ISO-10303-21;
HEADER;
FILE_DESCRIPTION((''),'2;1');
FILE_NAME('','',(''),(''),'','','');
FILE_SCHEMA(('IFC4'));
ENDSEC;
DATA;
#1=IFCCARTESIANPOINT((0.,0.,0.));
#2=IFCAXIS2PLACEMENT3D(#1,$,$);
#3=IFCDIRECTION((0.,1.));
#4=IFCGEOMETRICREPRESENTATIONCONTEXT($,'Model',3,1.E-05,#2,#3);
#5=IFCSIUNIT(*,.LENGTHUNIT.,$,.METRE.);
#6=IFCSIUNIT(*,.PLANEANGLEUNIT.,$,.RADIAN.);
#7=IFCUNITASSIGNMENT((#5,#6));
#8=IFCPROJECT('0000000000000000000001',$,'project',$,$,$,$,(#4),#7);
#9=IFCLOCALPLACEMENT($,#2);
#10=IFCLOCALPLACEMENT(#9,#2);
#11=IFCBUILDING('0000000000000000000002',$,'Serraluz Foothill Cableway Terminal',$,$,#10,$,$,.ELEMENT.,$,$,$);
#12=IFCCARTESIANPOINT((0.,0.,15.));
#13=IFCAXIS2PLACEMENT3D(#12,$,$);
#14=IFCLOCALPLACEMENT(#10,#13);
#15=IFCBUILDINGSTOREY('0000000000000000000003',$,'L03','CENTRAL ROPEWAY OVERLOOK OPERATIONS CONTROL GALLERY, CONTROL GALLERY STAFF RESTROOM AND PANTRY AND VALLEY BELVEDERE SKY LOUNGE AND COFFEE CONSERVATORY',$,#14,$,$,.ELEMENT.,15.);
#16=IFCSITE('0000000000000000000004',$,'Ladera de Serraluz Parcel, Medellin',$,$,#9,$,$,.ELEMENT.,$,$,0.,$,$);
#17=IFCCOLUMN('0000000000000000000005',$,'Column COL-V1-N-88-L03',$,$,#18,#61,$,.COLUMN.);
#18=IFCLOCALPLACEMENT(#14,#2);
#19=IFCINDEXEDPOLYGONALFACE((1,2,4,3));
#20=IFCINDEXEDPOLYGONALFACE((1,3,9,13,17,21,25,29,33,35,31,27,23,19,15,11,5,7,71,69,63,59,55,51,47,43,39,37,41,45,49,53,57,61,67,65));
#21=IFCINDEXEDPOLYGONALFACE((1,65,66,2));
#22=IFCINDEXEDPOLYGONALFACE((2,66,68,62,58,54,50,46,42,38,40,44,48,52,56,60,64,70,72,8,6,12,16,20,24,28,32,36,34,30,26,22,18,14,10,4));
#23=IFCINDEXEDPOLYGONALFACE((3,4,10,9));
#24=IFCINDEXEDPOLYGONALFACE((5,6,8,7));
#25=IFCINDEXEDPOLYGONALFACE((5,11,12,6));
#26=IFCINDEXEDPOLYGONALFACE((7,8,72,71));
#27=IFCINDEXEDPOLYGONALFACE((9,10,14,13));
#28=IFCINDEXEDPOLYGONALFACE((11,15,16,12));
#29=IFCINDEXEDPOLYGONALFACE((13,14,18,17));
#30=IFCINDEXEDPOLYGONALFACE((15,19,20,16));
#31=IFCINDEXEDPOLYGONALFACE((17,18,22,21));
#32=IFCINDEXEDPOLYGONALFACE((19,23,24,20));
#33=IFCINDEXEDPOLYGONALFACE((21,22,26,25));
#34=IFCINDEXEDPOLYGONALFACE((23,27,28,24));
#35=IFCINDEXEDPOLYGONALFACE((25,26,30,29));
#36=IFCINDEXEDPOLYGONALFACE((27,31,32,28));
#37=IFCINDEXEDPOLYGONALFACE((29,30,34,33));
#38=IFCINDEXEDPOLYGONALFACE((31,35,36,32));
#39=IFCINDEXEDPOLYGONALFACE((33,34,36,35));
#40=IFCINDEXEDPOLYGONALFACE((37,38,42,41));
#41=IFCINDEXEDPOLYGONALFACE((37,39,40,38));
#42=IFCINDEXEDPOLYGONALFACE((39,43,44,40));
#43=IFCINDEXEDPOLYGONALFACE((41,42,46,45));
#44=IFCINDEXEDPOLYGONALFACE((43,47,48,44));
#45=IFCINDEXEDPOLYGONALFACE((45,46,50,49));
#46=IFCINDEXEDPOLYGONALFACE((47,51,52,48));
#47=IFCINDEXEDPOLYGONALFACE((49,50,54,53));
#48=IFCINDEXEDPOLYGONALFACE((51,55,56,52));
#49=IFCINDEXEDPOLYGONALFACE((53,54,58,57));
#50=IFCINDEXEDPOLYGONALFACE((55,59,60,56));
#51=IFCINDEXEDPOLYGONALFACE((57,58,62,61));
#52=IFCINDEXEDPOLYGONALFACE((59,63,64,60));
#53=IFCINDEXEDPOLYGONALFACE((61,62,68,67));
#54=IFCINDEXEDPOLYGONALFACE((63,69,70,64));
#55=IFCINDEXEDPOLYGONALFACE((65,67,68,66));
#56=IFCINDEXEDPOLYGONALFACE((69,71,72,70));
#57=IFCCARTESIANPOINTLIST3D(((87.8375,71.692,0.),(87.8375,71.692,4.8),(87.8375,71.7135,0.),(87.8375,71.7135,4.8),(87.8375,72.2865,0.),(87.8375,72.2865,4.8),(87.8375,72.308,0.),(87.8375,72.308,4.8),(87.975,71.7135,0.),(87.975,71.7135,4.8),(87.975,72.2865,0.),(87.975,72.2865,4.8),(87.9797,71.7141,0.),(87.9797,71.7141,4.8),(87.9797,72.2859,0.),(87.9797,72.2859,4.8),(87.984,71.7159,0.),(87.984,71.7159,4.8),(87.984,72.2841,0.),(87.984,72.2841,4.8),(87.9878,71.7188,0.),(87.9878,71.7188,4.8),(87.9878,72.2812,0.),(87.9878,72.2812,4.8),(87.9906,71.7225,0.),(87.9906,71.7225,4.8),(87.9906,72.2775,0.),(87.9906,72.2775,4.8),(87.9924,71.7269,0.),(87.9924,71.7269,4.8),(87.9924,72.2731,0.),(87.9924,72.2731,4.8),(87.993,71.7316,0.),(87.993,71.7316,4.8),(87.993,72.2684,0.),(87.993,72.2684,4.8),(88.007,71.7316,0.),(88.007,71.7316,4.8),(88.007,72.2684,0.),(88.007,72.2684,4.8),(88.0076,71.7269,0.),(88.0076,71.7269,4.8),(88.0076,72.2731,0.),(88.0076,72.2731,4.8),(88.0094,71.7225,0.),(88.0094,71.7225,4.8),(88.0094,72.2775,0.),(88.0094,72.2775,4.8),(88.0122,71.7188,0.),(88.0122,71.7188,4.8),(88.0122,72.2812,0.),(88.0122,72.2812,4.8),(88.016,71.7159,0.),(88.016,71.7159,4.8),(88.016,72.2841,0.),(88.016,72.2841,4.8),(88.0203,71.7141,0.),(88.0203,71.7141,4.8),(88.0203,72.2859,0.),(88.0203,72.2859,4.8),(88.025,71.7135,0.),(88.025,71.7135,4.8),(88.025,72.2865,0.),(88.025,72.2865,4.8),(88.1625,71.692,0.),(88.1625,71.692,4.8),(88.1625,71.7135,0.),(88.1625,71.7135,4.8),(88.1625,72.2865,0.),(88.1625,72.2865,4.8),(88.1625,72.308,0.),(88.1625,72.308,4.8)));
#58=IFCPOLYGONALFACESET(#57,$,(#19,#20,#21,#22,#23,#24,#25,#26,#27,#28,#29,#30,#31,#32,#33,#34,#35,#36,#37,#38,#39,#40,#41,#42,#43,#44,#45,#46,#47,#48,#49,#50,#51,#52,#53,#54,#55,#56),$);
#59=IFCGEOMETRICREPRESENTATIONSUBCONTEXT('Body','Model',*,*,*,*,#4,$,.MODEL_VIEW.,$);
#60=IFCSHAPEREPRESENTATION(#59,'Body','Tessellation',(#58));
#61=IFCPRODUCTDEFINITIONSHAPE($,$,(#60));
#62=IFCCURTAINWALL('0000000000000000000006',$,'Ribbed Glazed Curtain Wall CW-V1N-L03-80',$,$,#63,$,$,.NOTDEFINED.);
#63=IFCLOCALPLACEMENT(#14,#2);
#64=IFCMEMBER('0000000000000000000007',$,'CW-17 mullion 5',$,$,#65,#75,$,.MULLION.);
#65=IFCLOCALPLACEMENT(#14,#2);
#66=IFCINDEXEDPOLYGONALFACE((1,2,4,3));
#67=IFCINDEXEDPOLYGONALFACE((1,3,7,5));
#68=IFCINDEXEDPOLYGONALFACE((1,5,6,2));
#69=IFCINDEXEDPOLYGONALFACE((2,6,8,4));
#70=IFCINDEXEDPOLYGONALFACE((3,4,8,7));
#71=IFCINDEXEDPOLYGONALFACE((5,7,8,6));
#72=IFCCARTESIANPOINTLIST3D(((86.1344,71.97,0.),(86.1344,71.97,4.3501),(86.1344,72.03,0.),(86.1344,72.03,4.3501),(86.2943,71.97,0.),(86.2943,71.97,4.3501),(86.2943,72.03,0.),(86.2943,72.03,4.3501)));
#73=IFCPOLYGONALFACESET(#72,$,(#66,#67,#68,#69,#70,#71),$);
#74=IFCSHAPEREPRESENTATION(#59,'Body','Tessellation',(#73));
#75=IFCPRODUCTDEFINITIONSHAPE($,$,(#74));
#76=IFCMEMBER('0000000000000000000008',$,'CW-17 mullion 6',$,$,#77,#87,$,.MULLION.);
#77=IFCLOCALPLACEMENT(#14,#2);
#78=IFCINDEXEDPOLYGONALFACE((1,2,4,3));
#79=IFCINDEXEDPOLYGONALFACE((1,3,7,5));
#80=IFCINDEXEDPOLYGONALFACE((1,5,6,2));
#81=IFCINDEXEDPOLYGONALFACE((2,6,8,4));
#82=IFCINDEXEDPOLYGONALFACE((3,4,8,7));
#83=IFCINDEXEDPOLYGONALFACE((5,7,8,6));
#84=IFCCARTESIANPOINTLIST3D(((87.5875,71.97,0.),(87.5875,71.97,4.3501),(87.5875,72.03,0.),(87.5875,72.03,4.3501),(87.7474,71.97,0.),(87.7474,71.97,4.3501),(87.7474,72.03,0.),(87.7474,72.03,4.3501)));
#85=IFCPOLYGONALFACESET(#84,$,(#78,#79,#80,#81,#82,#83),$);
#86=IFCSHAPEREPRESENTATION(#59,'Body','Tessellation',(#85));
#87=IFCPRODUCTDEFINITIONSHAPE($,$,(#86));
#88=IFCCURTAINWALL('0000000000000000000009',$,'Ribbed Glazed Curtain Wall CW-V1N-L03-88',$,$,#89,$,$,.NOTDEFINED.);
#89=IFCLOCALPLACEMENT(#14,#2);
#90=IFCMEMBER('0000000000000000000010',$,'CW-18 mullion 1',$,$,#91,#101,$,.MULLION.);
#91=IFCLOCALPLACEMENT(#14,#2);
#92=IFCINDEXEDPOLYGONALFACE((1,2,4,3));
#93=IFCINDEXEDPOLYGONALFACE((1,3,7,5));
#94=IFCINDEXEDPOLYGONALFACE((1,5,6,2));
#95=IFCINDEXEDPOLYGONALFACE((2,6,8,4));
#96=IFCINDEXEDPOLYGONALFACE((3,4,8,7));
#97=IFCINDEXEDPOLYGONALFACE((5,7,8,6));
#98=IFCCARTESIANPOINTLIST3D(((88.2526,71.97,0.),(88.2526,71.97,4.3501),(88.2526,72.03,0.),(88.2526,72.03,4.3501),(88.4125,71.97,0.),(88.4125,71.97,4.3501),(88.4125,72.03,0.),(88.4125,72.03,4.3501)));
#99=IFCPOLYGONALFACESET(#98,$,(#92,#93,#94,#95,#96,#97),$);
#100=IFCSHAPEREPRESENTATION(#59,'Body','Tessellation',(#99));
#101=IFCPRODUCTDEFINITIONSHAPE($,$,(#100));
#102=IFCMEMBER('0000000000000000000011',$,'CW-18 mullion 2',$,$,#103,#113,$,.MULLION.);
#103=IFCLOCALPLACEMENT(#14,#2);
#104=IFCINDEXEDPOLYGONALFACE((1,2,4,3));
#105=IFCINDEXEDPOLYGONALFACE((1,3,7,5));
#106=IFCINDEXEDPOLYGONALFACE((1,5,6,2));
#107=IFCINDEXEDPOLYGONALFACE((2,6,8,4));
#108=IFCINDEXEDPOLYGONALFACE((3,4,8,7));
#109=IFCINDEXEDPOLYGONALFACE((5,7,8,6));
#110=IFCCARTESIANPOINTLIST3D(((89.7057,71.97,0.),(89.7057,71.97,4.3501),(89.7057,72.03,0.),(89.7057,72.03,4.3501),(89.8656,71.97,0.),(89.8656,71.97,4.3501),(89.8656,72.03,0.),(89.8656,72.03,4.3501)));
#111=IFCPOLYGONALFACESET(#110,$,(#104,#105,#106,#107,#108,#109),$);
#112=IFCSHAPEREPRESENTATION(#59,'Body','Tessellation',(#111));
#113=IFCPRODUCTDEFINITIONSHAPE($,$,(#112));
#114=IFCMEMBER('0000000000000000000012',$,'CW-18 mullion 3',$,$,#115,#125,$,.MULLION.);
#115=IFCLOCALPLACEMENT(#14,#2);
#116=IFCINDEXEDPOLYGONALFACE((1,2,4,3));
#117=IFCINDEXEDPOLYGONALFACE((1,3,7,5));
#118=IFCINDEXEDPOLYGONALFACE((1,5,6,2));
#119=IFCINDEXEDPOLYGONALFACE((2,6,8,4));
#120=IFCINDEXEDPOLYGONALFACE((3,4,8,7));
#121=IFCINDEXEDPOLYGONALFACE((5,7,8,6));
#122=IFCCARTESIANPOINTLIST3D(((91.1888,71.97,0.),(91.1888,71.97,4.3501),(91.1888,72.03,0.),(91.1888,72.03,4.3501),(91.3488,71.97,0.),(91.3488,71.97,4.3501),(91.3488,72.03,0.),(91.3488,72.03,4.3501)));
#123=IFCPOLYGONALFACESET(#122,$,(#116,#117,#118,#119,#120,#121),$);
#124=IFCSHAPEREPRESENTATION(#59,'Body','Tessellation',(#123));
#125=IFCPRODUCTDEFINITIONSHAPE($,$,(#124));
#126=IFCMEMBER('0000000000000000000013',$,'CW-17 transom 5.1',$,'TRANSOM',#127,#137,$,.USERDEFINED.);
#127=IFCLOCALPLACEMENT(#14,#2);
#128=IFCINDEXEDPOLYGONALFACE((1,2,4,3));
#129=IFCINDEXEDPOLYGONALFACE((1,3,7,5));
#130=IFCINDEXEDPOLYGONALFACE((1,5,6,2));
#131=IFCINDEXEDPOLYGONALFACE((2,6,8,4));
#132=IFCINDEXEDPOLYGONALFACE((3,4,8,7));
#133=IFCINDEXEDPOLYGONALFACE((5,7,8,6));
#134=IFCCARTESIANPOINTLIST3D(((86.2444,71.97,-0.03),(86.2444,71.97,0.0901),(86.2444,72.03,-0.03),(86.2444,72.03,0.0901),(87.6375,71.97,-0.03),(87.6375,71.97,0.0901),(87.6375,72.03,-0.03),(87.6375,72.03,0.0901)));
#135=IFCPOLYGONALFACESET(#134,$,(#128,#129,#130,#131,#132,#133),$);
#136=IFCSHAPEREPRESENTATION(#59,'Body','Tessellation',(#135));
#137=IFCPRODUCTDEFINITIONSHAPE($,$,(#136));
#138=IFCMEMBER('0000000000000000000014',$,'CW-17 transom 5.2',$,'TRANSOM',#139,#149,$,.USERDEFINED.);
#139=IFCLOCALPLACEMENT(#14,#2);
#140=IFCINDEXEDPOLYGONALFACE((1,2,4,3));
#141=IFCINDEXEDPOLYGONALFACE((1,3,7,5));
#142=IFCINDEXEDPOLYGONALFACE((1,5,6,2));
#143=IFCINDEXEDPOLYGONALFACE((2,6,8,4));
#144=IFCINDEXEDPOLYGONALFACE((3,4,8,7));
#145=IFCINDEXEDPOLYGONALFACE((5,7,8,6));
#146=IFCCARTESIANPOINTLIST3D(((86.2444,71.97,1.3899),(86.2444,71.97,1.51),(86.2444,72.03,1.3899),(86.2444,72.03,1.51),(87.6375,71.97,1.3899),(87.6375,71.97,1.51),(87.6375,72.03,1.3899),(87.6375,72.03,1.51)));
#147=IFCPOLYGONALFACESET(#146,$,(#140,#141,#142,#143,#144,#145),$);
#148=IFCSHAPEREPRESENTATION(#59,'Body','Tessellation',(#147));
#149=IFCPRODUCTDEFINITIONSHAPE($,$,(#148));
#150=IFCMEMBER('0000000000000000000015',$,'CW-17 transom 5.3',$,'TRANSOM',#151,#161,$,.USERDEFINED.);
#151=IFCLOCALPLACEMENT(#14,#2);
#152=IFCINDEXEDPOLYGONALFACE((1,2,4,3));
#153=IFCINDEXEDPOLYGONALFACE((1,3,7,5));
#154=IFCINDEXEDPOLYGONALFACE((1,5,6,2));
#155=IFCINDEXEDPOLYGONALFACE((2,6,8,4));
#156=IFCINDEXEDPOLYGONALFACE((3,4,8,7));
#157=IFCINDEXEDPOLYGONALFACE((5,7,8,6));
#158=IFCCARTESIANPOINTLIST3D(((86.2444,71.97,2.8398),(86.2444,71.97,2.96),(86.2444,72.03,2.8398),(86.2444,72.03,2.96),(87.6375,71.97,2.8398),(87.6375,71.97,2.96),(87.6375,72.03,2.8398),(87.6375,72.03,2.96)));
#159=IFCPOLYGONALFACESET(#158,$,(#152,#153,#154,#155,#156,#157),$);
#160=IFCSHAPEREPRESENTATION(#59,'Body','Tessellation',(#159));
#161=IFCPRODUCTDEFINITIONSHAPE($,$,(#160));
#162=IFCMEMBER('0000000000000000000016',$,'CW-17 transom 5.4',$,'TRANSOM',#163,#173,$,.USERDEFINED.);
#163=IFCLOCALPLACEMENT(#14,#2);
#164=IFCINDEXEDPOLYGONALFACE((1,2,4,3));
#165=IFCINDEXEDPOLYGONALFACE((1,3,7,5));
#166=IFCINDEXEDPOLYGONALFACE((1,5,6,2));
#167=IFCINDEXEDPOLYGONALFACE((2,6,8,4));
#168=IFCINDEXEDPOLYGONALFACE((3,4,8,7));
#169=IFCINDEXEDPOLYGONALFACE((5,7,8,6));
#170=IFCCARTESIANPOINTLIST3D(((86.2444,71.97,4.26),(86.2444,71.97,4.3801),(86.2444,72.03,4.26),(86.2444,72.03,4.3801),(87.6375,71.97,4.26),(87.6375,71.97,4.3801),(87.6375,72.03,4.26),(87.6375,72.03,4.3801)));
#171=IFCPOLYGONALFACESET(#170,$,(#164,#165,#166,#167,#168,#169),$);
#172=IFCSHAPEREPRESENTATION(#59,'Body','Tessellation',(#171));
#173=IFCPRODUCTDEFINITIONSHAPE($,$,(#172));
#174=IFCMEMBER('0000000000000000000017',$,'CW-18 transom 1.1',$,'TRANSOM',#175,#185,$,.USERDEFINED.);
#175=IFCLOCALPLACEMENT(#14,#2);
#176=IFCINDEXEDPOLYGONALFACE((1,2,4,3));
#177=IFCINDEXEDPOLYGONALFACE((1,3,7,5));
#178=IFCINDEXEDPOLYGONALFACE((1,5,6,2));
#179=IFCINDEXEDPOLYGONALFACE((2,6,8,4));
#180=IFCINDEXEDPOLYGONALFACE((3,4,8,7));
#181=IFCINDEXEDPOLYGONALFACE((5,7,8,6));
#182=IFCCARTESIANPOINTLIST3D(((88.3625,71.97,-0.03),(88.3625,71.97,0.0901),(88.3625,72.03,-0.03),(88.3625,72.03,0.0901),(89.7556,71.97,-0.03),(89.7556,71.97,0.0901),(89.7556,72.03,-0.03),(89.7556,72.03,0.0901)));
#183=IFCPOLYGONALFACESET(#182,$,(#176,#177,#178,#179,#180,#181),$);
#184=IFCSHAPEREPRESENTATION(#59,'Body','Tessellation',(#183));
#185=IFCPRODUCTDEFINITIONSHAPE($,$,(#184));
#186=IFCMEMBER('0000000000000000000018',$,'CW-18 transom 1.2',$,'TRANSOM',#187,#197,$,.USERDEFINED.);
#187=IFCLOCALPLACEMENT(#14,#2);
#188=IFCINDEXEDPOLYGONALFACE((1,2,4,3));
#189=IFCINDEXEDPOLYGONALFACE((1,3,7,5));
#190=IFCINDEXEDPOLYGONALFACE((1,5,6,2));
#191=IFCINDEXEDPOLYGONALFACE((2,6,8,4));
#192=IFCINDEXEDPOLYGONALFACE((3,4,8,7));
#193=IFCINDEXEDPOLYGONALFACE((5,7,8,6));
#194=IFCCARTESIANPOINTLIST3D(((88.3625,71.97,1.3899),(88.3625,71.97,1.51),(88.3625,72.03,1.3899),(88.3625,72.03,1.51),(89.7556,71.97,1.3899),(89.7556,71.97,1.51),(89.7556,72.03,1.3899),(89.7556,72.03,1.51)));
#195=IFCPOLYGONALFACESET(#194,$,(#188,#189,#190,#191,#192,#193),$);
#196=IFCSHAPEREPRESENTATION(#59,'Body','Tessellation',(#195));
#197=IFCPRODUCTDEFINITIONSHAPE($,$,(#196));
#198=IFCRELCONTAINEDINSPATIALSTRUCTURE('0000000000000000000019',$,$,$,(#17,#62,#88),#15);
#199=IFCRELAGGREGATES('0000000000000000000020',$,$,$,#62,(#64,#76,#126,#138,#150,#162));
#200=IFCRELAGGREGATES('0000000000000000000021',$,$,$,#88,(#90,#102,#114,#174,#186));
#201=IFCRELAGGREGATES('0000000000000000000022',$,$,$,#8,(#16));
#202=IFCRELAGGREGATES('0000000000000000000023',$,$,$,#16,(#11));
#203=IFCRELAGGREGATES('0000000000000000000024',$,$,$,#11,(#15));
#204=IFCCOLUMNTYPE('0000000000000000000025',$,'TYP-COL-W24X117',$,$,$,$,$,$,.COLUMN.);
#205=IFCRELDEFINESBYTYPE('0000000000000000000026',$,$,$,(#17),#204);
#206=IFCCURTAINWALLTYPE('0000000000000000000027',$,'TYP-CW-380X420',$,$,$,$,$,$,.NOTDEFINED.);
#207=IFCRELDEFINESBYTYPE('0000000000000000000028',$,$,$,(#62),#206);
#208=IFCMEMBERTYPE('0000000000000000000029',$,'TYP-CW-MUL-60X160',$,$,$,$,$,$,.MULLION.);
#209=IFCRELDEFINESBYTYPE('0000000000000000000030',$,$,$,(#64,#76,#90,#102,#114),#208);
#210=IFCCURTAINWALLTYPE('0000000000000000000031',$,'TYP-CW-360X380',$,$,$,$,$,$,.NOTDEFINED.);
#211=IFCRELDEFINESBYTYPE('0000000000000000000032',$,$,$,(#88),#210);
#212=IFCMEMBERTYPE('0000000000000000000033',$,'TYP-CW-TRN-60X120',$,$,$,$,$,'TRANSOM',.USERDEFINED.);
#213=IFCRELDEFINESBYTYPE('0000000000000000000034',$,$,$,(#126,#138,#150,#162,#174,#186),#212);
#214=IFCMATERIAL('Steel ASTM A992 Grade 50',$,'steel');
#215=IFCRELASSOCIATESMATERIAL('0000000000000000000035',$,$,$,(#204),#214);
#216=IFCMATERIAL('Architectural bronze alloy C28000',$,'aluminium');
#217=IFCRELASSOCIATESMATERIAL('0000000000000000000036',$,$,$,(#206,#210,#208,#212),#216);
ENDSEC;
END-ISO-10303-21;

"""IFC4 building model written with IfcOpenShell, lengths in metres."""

from ifc_helpers import new_model, si_unit, direction, frame, origin, origin_2d, place, context, subcontext, project, spatial, rectangle, i_section, extrude, material, material_profile, profile_set, type_object, element, aggregate, save


model = new_model("IFC4")

# Units and contexts
model_context = context("Model", 3, precision=1e-05, world=origin(), true_north=direction((0.0, 1.0)))
body_context = subcontext(model_context, "Body", "Model", "MODEL_VIEW")
ifc_project = project(units=[si_unit("LENGTHUNIT", "METRE"), si_unit("PLANEANGLEUNIT", "RADIAN")], contexts=[model_context])

# Site, building, storey
site_placement = place(None, origin())
site = spatial("IfcSite", under=ifc_project, at=site_placement, Name="Ladera de Serraluz Parcel, Medellin", CompositionType="ELEMENT", RefElevation=0.0)
building_placement = place(site_placement, origin())
building = spatial("IfcBuilding", under=site, at=building_placement, Name="Serraluz Foothill Cableway Terminal", CompositionType="ELEMENT")
storey_placement = place(building_placement, frame((0.0, 0.0, 15.0)))
storey = spatial("IfcBuildingStorey", under=building, at=storey_placement, Name="L03", Description="CENTRAL ROPEWAY OVERLOOK OPERATIONS CONTROL GALLERY, CONTROL GALLERY STAFF RESTROOM AND PANTRY AND VALLEY BELVEDERE SKY LOUNGE AND COFFEE CONSERVATORY", CompositionType="ELEMENT", Elevation=15.0)

# Column
ifc_material_1 = material(Name="Steel ASTM A992 Grade 50", Category="steel")
ifc_material_profile_1 = material_profile(ifc_material_1, i_section(OverallWidth=0.325, OverallDepth=0.616, WebThickness=0.0139, FlangeThickness=0.0215, FilletRadius=0.0181, at=origin_2d()), Name="W24X117")
ifc_profile_set_1 = profile_set([ifc_material_profile_1], Name="Steel ASTM A992 Grade 50")
column_type = type_object("IfcColumnType", Name="TYP-COL-W24X117", PredefinedType="COLUMN", material=ifc_profile_set_1)
column_placement = place(storey_placement, frame((88.0, 72.0, 0.0), z_axis=(0.0, 0.0, 1.0), x_axis=(1.0, 0.0, 0.0)))
element("IfcColumn", 1, at=column_placement, inside=storey, type_object=column_type, Name="Column COL-V1-N-88-L03", PredefinedType="COLUMN", context=body_context, shape_type="SweptSolid", body=[
    extrude(i_section(OverallWidth=0.325, OverallDepth=0.616, WebThickness=0.0139, FlangeThickness=0.0215, FilletRadius=0.0181, at=origin_2d()), origin(), (0.0, 0.0, 1.0), 4.8),
])

# Curtain walls, members
ifc_material_2 = material(Name="Architectural bronze alloy C28000", Category="aluminium")
curtain_wall_type_1 = type_object("IfcCurtainWallType", Name="TYP-CW-380X420", PredefinedType="NOTDEFINED", material=ifc_material_2)
curtain_wall_1_placement = place(storey_placement, origin())
curtain_wall_1 = element("IfcCurtainWall", 2, at=curtain_wall_1_placement, inside=storey, type_object=curtain_wall_type_1, Name="Ribbed Glazed Curtain Wall CW-V1N-L03-80", PredefinedType="NOTDEFINED")
ifc_material_profile_2 = material_profile(ifc_material_2, rectangle(XDim=0.0601, YDim=0.1599, at=origin_2d()), Name="ALU MULLION 60x160")
ifc_profile_set_2 = profile_set([ifc_material_profile_2], Name="Architectural bronze alloy C28000")
member_type_1 = type_object("IfcMemberType", Name="TYP-CW-MUL-60X160", PredefinedType="MULLION", material=ifc_profile_set_2)
member_1_placement = place(storey_placement, frame((86.2144, 72.0, 0.0), z_axis=(0.0, 0.0, 1.0), x_axis=(0.0, 1.0, 0.0)))
member_1 = element("IfcMember", 3, at=member_1_placement, type_object=member_type_1, Name="CW-17 mullion 5", PredefinedType="MULLION", context=body_context, shape_type="SweptSolid", body=[
    extrude(rectangle(XDim=0.0601, YDim=0.1599, at=origin_2d()), origin(), (0.0, 0.0, 1.0), 4.3501),
])
member_2_placement = place(storey_placement, frame((87.6675, 72.0, 0.0), z_axis=(0.0, 0.0, 1.0), x_axis=(0.0, 1.0, 0.0)))
member_2 = element("IfcMember", 4, at=member_2_placement, type_object=member_type_1, Name="CW-17 mullion 6", PredefinedType="MULLION", context=body_context, shape_type="SweptSolid", body=[
    extrude(rectangle(XDim=0.0601, YDim=0.1599, at=origin_2d()), origin(), (0.0, 0.0, 1.0), 4.3501),
])
curtain_wall_type_2 = type_object("IfcCurtainWallType", Name="TYP-CW-360X380", PredefinedType="NOTDEFINED", material=ifc_material_2)
curtain_wall_2_placement = place(storey_placement, origin())
curtain_wall_2 = element("IfcCurtainWall", 5, at=curtain_wall_2_placement, inside=storey, type_object=curtain_wall_type_2, Name="Ribbed Glazed Curtain Wall CW-V1N-L03-88", PredefinedType="NOTDEFINED")
member_3_placement = place(storey_placement, frame((88.3325, 72.0, 0.0), z_axis=(0.0, 0.0, 1.0), x_axis=(0.0, 1.0, 0.0)))
member_3 = element("IfcMember", 6, at=member_3_placement, type_object=member_type_1, Name="CW-18 mullion 1", PredefinedType="MULLION", context=body_context, shape_type="SweptSolid", body=[
    extrude(rectangle(XDim=0.0601, YDim=0.1599, at=origin_2d()), origin(), (0.0, 0.0, 1.0), 4.3501),
])
member_4_placement = place(storey_placement, frame((89.7856, 72.0, 0.0), z_axis=(0.0, 0.0, 1.0), x_axis=(0.0, 1.0, 0.0)))
member_4 = element("IfcMember", 7, at=member_4_placement, type_object=member_type_1, Name="CW-18 mullion 2", PredefinedType="MULLION", context=body_context, shape_type="SweptSolid", body=[
    extrude(rectangle(XDim=0.0601, YDim=0.1599, at=origin_2d()), origin(), (0.0, 0.0, 1.0), 4.3501),
])
member_5_placement = place(storey_placement, frame((91.2688, 72.0, 0.0), z_axis=(0.0, 0.0, 1.0), x_axis=(0.0, 1.0, 0.0)))
member_5 = element("IfcMember", 8, at=member_5_placement, type_object=member_type_1, Name="CW-18 mullion 3", PredefinedType="MULLION", context=body_context, shape_type="SweptSolid", body=[
    extrude(rectangle(XDim=0.0601, YDim=0.1599, at=origin_2d()), origin(), (0.0, 0.0, 1.0), 4.3501),
])

# Members
ifc_material_profile_3 = material_profile(ifc_material_2, rectangle(XDim=0.0601, YDim=0.1201, at=origin_2d()), Name="ALU TRANSOM 60x120")
ifc_profile_set_3 = profile_set([ifc_material_profile_3], Name="Architectural bronze alloy C28000")
member_type_2 = type_object("IfcMemberType", Name="TYP-CW-TRN-60X120", ElementType="TRANSOM", PredefinedType="USERDEFINED", material=ifc_profile_set_3)
member_6_placement = place(storey_placement, frame((86.2444, 72.0, 0.03), z_axis=(1.0, 0.0, 0.0), x_axis=(0.0, 1.0, 0.0)))
member_6 = element("IfcMember", 9, at=member_6_placement, type_object=member_type_2, Name="CW-17 transom 5.1", ObjectType="TRANSOM", PredefinedType="USERDEFINED", context=body_context, shape_type="SweptSolid", body=[
    extrude(rectangle(XDim=0.0601, YDim=0.1201, at=origin_2d()), origin(), (0.0, 0.0, 1.0), 1.3931),
])
member_7_placement = place(storey_placement, frame((86.2444, 72.0, 1.45), z_axis=(1.0, 0.0, 0.0), x_axis=(0.0, 1.0, 0.0)))
member_7 = element("IfcMember", 10, at=member_7_placement, type_object=member_type_2, Name="CW-17 transom 5.2", ObjectType="TRANSOM", PredefinedType="USERDEFINED", context=body_context, shape_type="SweptSolid", body=[
    extrude(rectangle(XDim=0.0601, YDim=0.1201, at=origin_2d()), origin(), (0.0, 0.0, 1.0), 1.3931),
])
member_8_placement = place(storey_placement, frame((86.2444, 72.0, 2.8999), z_axis=(1.0, 0.0, 0.0), x_axis=(0.0, 1.0, 0.0)))
member_8 = element("IfcMember", 11, at=member_8_placement, type_object=member_type_2, Name="CW-17 transom 5.3", ObjectType="TRANSOM", PredefinedType="USERDEFINED", context=body_context, shape_type="SweptSolid", body=[
    extrude(rectangle(XDim=0.0601, YDim=0.1201, at=origin_2d()), origin(), (0.0, 0.0, 1.0), 1.3931),
])
member_9_placement = place(storey_placement, frame((86.2444, 72.0, 4.3201), z_axis=(1.0, 0.0, 0.0), x_axis=(0.0, 1.0, 0.0)))
member_9 = element("IfcMember", 12, at=member_9_placement, type_object=member_type_2, Name="CW-17 transom 5.4", ObjectType="TRANSOM", PredefinedType="USERDEFINED", context=body_context, shape_type="SweptSolid", body=[
    extrude(rectangle(XDim=0.0601, YDim=0.1201, at=origin_2d()), origin(), (0.0, 0.0, 1.0), 1.3931),
])
member_10_placement = place(storey_placement, frame((88.3625, 72.0, 0.03), z_axis=(1.0, 0.0, 0.0), x_axis=(0.0, 1.0, 0.0)))
member_10 = element("IfcMember", 13, at=member_10_placement, type_object=member_type_2, Name="CW-18 transom 1.1", ObjectType="TRANSOM", PredefinedType="USERDEFINED", context=body_context, shape_type="SweptSolid", body=[
    extrude(rectangle(XDim=0.0601, YDim=0.1201, at=origin_2d()), origin(), (0.0, 0.0, 1.0), 1.3931),
])
member_11_placement = place(storey_placement, frame((88.3625, 72.0, 1.45), z_axis=(1.0, 0.0, 0.0), x_axis=(0.0, 1.0, 0.0)))
member_11 = element("IfcMember", 14, at=member_11_placement, type_object=member_type_2, Name="CW-18 transom 1.2", ObjectType="TRANSOM", PredefinedType="USERDEFINED", context=body_context, shape_type="SweptSolid", body=[
    extrude(rectangle(XDim=0.0601, YDim=0.1201, at=origin_2d()), origin(), (0.0, 0.0, 1.0), 1.3931),
])

aggregate(curtain_wall_1, [member_1, member_2, member_6, member_7, member_8, member_9])
aggregate(curtain_wall_2, [member_3, member_4, member_5, member_10, member_11])

save(model, "model.ifc")
